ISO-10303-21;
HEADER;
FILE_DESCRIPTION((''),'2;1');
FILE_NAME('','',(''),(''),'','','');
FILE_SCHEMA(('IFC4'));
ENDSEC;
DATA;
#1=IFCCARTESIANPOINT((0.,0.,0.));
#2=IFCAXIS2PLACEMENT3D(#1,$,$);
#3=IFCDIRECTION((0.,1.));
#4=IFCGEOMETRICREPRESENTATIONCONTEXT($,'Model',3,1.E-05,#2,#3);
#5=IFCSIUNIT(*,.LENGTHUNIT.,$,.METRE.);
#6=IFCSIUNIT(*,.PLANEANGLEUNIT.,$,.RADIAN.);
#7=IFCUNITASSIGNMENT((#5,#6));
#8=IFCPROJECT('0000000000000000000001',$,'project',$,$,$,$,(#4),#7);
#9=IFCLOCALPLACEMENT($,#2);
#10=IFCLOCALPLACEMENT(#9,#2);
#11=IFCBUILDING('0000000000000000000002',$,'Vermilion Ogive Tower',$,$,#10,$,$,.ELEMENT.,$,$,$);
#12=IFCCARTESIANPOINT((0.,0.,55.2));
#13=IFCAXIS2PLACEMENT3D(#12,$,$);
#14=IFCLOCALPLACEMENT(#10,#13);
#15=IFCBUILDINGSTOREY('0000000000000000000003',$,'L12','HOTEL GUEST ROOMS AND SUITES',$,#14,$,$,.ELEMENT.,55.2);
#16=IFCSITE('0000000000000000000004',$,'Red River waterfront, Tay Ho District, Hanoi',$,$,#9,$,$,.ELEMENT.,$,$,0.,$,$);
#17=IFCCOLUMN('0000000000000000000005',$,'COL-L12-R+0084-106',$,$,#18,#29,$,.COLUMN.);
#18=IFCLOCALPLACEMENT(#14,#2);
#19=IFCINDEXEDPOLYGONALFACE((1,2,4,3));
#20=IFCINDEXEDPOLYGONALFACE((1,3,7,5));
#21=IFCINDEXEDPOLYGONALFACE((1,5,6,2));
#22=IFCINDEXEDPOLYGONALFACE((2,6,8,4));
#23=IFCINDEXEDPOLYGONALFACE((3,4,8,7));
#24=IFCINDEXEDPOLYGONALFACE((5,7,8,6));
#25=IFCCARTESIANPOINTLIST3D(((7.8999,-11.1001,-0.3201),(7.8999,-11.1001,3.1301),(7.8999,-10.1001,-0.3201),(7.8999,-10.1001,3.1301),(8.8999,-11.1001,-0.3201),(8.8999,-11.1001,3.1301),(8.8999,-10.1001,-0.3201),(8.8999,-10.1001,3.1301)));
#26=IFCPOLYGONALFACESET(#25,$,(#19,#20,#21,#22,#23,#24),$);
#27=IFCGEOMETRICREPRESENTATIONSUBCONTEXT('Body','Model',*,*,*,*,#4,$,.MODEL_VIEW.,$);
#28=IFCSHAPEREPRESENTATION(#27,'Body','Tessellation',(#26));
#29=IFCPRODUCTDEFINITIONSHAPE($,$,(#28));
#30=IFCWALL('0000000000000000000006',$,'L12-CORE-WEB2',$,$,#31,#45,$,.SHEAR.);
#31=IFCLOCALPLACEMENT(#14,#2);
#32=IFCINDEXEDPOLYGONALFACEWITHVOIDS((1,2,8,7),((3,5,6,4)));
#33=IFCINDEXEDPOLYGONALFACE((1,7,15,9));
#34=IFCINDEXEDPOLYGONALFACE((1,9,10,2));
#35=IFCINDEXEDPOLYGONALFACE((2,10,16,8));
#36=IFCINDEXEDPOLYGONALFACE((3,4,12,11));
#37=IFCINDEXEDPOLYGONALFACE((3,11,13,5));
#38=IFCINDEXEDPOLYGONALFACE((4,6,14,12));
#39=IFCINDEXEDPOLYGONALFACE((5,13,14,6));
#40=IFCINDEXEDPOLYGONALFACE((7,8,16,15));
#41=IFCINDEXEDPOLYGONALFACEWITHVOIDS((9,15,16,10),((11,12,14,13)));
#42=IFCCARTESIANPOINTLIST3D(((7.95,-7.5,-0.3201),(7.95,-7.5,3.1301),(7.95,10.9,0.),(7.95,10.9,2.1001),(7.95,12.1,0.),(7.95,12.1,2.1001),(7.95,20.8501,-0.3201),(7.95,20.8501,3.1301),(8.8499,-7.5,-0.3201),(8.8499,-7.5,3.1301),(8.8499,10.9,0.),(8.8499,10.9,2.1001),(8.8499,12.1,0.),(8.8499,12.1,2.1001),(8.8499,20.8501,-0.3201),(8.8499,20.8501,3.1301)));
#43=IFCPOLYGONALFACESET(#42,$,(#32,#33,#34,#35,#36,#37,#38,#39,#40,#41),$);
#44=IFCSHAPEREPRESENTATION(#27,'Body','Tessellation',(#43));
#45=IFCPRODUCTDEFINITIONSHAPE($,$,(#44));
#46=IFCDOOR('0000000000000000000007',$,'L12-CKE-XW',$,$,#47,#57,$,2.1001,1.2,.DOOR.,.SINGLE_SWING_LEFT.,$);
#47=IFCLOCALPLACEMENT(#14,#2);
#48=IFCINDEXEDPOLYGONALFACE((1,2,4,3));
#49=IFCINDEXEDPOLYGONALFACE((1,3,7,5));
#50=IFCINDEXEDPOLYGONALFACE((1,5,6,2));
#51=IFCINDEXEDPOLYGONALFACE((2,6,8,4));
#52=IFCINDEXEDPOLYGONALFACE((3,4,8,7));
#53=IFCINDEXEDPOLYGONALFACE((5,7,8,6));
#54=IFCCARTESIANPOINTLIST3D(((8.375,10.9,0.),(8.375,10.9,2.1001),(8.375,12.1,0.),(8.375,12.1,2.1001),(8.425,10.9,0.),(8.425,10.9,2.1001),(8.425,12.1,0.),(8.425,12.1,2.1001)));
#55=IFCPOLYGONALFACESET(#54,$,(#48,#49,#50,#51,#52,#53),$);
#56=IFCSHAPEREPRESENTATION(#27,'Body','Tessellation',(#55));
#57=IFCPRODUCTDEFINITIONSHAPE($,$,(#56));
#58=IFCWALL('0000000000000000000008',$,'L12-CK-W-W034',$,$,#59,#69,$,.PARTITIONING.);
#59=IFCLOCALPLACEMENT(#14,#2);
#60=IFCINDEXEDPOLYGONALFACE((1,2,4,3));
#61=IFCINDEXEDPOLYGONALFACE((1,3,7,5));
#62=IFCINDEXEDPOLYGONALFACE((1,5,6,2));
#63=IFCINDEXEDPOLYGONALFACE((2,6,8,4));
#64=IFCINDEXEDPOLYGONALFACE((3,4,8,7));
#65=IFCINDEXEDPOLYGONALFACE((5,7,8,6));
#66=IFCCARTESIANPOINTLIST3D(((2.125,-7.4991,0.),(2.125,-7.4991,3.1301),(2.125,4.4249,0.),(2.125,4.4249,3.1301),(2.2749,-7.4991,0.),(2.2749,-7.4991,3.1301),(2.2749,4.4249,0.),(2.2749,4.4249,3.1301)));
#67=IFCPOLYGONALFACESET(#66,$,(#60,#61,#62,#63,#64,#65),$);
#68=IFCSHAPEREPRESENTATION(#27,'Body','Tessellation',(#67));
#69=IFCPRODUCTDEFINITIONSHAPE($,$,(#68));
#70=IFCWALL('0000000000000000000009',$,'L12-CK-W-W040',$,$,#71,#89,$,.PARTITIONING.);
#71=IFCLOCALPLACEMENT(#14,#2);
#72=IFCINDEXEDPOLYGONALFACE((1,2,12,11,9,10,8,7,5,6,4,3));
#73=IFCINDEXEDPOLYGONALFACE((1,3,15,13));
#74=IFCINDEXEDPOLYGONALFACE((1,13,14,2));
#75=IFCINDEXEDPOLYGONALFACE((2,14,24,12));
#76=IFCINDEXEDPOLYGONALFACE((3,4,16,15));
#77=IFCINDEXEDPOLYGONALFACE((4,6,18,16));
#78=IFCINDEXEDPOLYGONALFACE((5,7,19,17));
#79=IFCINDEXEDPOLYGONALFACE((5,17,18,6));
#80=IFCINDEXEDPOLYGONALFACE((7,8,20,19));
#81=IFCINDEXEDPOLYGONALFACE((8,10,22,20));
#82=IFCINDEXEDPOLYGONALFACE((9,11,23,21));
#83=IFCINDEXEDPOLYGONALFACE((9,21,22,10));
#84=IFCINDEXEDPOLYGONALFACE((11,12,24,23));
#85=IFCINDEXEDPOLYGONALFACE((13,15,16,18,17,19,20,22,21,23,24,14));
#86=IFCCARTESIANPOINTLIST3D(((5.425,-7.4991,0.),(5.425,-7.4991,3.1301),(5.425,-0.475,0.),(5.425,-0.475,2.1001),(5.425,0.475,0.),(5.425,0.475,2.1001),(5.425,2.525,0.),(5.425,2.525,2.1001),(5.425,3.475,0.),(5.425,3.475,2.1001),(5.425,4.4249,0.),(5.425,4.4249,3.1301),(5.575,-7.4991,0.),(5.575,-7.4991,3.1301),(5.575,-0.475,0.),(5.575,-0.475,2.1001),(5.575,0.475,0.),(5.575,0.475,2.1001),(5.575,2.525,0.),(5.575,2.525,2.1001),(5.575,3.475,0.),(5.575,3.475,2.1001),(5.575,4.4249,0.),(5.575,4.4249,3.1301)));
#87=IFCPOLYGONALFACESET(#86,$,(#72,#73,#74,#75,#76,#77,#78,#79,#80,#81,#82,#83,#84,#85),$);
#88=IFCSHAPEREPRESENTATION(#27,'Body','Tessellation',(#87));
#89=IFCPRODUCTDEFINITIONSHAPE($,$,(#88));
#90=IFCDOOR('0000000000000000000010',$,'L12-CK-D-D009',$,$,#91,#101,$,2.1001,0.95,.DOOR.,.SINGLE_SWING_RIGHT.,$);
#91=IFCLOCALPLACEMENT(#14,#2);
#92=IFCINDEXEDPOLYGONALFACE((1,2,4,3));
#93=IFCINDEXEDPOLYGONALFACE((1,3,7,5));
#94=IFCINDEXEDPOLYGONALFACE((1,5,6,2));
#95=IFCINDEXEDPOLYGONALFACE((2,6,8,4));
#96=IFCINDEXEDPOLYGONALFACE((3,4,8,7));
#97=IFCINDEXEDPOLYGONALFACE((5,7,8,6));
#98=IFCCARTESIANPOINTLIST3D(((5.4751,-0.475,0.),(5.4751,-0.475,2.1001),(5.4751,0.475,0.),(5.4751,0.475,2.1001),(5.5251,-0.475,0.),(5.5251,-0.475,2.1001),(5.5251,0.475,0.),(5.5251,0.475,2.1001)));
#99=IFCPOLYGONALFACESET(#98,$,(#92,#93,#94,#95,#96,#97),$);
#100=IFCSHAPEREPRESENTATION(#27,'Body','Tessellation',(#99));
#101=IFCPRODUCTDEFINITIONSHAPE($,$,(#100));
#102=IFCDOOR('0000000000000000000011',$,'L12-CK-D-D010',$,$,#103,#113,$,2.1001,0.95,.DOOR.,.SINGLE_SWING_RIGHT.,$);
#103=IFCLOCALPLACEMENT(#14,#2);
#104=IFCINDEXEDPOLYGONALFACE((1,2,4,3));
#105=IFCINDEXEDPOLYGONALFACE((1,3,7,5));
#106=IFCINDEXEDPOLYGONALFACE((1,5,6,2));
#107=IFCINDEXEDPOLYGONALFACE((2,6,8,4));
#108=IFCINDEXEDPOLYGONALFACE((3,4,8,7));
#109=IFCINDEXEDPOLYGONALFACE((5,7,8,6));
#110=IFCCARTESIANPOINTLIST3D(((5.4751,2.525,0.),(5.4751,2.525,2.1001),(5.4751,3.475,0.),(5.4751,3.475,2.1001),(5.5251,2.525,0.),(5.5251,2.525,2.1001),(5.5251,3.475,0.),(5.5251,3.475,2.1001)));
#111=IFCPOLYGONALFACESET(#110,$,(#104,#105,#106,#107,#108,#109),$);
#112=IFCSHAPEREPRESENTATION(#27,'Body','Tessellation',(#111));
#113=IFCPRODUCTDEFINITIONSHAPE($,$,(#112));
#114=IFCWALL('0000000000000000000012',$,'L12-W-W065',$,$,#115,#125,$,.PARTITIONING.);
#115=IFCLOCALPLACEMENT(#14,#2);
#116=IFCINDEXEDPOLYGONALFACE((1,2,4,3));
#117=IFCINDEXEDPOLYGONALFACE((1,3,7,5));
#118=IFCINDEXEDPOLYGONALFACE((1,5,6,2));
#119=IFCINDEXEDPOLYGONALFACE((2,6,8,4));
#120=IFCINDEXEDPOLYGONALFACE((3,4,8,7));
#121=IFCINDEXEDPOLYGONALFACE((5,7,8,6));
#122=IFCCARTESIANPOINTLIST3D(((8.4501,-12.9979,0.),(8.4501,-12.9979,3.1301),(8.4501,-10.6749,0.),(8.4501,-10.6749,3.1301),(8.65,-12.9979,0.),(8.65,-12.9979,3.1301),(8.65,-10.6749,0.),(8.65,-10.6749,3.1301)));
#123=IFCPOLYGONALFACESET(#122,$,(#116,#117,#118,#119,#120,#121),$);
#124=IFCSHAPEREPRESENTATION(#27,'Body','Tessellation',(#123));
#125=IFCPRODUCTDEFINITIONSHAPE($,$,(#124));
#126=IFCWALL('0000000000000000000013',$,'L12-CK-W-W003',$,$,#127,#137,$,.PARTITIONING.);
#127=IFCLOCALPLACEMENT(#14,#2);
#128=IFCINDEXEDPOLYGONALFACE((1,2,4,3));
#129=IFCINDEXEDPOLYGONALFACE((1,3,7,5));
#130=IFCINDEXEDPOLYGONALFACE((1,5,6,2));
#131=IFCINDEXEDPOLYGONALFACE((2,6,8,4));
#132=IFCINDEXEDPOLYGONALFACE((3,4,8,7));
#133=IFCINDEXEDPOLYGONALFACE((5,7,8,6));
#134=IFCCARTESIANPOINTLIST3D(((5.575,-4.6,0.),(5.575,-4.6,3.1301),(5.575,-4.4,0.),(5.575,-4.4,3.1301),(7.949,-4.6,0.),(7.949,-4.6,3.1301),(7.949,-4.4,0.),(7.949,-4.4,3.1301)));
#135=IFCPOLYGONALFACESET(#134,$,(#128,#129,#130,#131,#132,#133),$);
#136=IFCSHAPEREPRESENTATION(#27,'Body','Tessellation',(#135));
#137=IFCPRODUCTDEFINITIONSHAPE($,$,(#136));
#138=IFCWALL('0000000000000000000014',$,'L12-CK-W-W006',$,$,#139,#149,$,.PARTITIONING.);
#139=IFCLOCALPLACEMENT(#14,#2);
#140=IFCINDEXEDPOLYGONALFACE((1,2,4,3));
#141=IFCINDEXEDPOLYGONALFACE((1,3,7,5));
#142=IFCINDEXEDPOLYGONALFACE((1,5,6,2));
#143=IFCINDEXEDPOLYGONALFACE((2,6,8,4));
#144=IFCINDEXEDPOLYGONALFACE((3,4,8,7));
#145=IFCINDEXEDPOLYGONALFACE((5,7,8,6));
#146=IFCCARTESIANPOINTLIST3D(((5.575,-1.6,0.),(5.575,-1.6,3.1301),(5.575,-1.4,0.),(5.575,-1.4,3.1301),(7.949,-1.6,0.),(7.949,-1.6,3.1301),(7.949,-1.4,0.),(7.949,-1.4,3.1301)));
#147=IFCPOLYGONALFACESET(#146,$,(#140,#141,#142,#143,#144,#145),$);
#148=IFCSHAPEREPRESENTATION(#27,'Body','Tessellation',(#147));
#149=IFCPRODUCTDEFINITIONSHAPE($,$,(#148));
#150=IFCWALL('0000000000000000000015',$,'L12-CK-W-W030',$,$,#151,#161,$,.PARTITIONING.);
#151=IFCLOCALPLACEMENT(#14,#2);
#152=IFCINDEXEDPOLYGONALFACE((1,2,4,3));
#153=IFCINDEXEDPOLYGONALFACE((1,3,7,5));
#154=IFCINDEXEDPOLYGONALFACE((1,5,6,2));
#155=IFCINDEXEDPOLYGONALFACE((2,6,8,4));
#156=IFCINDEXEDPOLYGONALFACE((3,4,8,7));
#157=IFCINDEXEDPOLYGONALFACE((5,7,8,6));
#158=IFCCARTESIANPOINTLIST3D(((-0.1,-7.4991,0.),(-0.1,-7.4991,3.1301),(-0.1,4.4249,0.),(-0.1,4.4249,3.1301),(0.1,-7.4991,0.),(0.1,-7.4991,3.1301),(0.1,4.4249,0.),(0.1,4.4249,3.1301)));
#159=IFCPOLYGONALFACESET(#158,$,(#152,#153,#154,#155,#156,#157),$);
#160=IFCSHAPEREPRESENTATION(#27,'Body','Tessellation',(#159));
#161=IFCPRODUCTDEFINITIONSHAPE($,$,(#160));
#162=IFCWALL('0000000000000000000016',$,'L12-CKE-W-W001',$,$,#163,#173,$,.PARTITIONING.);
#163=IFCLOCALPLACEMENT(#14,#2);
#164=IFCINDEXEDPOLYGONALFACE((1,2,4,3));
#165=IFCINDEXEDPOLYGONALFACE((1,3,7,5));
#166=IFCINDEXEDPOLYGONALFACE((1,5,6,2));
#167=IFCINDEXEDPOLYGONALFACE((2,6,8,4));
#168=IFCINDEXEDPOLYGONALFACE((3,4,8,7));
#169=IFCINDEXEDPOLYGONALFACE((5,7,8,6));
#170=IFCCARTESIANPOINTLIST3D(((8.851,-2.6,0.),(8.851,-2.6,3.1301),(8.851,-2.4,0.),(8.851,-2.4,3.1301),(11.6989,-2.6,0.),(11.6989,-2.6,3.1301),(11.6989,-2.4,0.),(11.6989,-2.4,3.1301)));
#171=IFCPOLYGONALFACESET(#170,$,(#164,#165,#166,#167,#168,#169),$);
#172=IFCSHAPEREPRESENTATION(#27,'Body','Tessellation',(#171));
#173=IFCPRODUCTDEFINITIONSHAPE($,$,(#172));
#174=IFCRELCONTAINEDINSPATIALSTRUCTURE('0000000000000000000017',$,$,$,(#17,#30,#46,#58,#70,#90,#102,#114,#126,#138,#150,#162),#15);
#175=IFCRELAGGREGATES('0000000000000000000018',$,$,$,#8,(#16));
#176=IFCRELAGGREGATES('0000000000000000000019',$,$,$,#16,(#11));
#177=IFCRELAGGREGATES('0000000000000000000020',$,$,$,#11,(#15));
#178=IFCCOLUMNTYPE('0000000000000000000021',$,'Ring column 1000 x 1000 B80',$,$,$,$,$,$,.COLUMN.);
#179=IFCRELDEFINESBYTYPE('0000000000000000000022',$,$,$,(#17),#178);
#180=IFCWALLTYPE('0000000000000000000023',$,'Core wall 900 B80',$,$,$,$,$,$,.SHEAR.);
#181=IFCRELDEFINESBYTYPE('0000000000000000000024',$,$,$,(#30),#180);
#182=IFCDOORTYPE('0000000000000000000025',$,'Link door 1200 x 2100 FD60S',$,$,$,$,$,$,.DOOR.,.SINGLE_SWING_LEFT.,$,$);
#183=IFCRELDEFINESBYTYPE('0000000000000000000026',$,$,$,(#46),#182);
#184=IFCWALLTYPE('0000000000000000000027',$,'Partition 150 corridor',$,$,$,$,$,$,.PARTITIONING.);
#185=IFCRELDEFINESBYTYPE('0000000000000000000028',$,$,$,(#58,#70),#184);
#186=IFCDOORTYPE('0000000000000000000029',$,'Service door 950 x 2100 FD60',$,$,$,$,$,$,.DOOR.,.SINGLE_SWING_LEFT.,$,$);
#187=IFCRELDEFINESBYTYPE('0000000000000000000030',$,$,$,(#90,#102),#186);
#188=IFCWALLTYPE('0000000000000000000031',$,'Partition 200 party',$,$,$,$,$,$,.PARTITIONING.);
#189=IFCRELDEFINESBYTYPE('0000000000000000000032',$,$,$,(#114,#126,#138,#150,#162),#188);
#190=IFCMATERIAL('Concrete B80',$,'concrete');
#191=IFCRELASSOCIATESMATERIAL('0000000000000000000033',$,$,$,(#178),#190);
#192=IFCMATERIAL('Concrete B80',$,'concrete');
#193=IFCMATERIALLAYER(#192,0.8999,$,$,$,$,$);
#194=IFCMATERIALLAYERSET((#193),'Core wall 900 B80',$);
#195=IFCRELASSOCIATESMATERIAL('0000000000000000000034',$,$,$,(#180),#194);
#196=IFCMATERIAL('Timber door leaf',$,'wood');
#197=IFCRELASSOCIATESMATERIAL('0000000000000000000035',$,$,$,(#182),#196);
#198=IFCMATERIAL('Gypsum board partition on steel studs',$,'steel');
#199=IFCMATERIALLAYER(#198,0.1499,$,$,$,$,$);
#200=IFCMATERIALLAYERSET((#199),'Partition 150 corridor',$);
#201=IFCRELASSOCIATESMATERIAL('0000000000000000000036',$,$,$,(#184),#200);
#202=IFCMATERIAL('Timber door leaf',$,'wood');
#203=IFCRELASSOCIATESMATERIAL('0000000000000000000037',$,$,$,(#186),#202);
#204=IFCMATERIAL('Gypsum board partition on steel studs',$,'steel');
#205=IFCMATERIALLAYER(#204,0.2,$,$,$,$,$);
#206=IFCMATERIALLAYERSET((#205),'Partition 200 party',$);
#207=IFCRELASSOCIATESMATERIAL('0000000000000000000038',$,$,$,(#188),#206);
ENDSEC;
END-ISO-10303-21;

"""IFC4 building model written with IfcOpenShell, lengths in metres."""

from ifc_helpers import new_model, si_unit, direction, frame, frame_2d, origin, origin_2d, place, context, subcontext, project, spatial, rectangle, extrude, material, layer, layer_set, material_profile, profile_set, type_object, element, fill, save


model = new_model("IFC4")

# Units and contexts
model_context = context("Model", 3, precision=1e-05, world=origin(), true_north=direction((0.0, 1.0)))
body_context = subcontext(model_context, "Body", "Model", "MODEL_VIEW")
ifc_project = project(units=[si_unit("LENGTHUNIT", "METRE"), si_unit("PLANEANGLEUNIT", "RADIAN")], contexts=[model_context])

# Site, building, storey
site_placement = place(None, origin())
site = spatial("IfcSite", under=ifc_project, at=site_placement, Name="Red River waterfront, Tay Ho District, Hanoi", CompositionType="ELEMENT", RefElevation=0.0)
building_placement = place(site_placement, origin())
building = spatial("IfcBuilding", under=site, at=building_placement, Name="Vermilion Ogive Tower", CompositionType="ELEMENT")
storey_placement = place(building_placement, frame((0.0, 0.0, 55.2)))
storey = spatial("IfcBuildingStorey", under=building, at=storey_placement, Name="L12", Description="HOTEL GUEST ROOMS AND SUITES", CompositionType="ELEMENT", Elevation=55.2)

# Column
ifc_material_1 = material(Name="Concrete B80", Category="concrete")
ifc_material_profile = material_profile(ifc_material_1, rectangle(XDim=1.0, YDim=1.0, at=origin_2d()), Name="1000 x 1000")
ifc_profile_set = profile_set([ifc_material_profile], Name="Concrete B80")
column_type = type_object("IfcColumnType", Name="Ring column 1000 x 1000 B80", PredefinedType="COLUMN", material=ifc_profile_set)
column_placement = place(storey_placement, frame((8.3999, -10.6001, -0.3201), z_axis=(0.0, 0.0, 1.0), x_axis=(1.0, 0.0, 0.0)))
element("IfcColumn", 1, at=column_placement, inside=storey, type_object=column_type, Name="COL-L12-R+0084-106", PredefinedType="COLUMN", context=body_context, shape_type="SweptSolid", body=[
    extrude(rectangle(XDim=1.0, YDim=1.0, at=origin_2d()), origin(), (0.0, 0.0, 1.0), 3.4502),
])

# Wall, opening, door
ifc_material_2 = material(Name="Concrete B80", Category="concrete")
ifc_layer_1 = layer(ifc_material_2, 0.8999)
ifc_layer_set_1 = layer_set([ifc_layer_1], Name="Core wall 900 B80")
wall_type_1 = type_object("IfcWallType", Name="Core wall 900 B80", PredefinedType="SHEAR", material=ifc_layer_set_1)
wall_1_placement = place(storey_placement, frame((8.3999, -7.5, -0.3201), z_axis=(0.0, 0.0, 1.0), x_axis=(0.0, 1.0, 0.0)))
wall_1 = element("IfcWall", 2, at=wall_1_placement, inside=storey, type_object=wall_type_1, Name="L12-CORE-WEB2", PredefinedType="SHEAR", context=body_context, shape_type="SweptSolid", body=[
    extrude(rectangle(XDim=28.3501, YDim=0.8999, at=frame_2d((14.175, 0.0))), origin(), (0.0, 0.0, 1.0), 3.4502),
])
opening_1_placement = place(wall_1_placement, frame((18.3999, 0.0, 0.3201)))
opening_1 = element("IfcOpeningElement", 3, at=opening_1_placement, cuts=wall_1, PredefinedType="OPENING", context=body_context, shape_type="SweptSolid", body=[
    extrude(rectangle(XDim=1.2, YDim=2.1001, at=frame_2d((0.6001, 1.05))), frame((0.0, 0.46, 0.0), z_axis=(0.0, -1.0, 0.0), x_axis=(1.0, 0.0, 0.0)), (0.0, 0.0, 1.0), 0.9199),
])
ifc_material_3 = material(Name="Timber door leaf", Category="wood")
door_type_1 = type_object("IfcDoorType", Name="Link door 1200 x 2100 FD60S", OperationType="SINGLE_SWING_LEFT", PredefinedType="DOOR", material=ifc_material_3)
door_1_placement = place(opening_1_placement, origin())
door_1 = element("IfcDoor", 4, at=door_1_placement, inside=storey, type_object=door_type_1, Name="L12-CKE-XW", OperationType="SINGLE_SWING_LEFT", OverallHeight=2.1001, OverallWidth=1.2, PredefinedType="DOOR", context=body_context, shape_type="SweptSolid", body=[
    extrude(rectangle(XDim=1.2, YDim=2.1001, at=frame_2d((0.6001, 1.05))), frame((0.0, 0.0249, 0.0), z_axis=(0.0, -1.0, 0.0), x_axis=(1.0, 0.0, 0.0)), (0.0, 0.0, 1.0), 0.05),
])
fill(opening_1, door_1)

# Wall
ifc_material_4 = material(Name="Gypsum board partition on steel studs", Category="steel")
ifc_layer_2 = layer(ifc_material_4, 0.1499)
ifc_layer_set_2 = layer_set([ifc_layer_2], Name="Partition 150 corridor")
wall_type_2 = type_object("IfcWallType", Name="Partition 150 corridor", PredefinedType="PARTITIONING", material=ifc_layer_set_2)
wall_2_placement = place(storey_placement, frame((2.2, -7.499, 0.0), z_axis=(0.0, 0.0, 1.0), x_axis=(0.0, 1.0, 0.0)))
element("IfcWall", 5, at=wall_2_placement, inside=storey, type_object=wall_type_2, Name="L12-CK-W-W034", PredefinedType="PARTITIONING", context=body_context, shape_type="SweptSolid", body=[
    extrude(rectangle(XDim=11.9241, YDim=0.1499, at=frame_2d((5.9619, 0.0))), origin(), (0.0, 0.0, 1.0), 3.1301),
])

# Wall, openings, doors
wall_3_placement = place(storey_placement, frame((5.5, -7.499, 0.0), z_axis=(0.0, 0.0, 1.0), x_axis=(0.0, 1.0, 0.0)))
wall_3 = element("IfcWall", 6, at=wall_3_placement, inside=storey, type_object=wall_type_2, Name="L12-CK-W-W040", PredefinedType="PARTITIONING", context=body_context, shape_type="SweptSolid", body=[
    extrude(rectangle(XDim=11.9241, YDim=0.1499, at=frame_2d((5.9619, 0.0))), origin(), (0.0, 0.0, 1.0), 3.1301),
])
opening_2_placement = place(wall_3_placement, frame((7.0239, 0.0, 0.0)))
opening_2 = element("IfcOpeningElement", 7, at=opening_2_placement, cuts=wall_3, PredefinedType="OPENING", context=body_context, shape_type="SweptSolid", body=[
    extrude(rectangle(XDim=0.95, YDim=2.1001, at=frame_2d((0.4751, 1.05))), frame((0.0, 0.085, 0.0), z_axis=(0.0, -1.0, 0.0), x_axis=(1.0, 0.0, 0.0)), (0.0, 0.0, 1.0), 0.1699),
])
opening_3_placement = place(wall_3_placement, frame((10.0239, 0.0, 0.0)))
opening_3 = element("IfcOpeningElement", 8, at=opening_3_placement, cuts=wall_3, PredefinedType="OPENING", context=body_context, shape_type="SweptSolid", body=[
    extrude(rectangle(XDim=0.95, YDim=2.1001, at=frame_2d((0.4751, 1.05))), frame((0.0, 0.085, 0.0), z_axis=(0.0, -1.0, 0.0), x_axis=(1.0, 0.0, 0.0)), (0.0, 0.0, 1.0), 0.1699),
])
ifc_material_5 = material(Name="Timber door leaf", Category="wood")
door_type_2 = type_object("IfcDoorType", Name="Service door 950 x 2100 FD60", OperationType="SINGLE_SWING_LEFT", PredefinedType="DOOR", material=ifc_material_5)
door_2_placement = place(opening_2_placement, origin())
door_2 = element("IfcDoor", 9, at=door_2_placement, inside=storey, type_object=door_type_2, Name="L12-CK-D-D009", OperationType="SINGLE_SWING_RIGHT", OverallHeight=2.1001, OverallWidth=0.95, PredefinedType="DOOR", context=body_context, shape_type="SweptSolid", body=[
    extrude(rectangle(XDim=0.95, YDim=2.1001, at=frame_2d((0.4751, 1.05))), frame((0.0, 0.0249, 0.0), z_axis=(0.0, -1.0, 0.0), x_axis=(1.0, 0.0, 0.0)), (0.0, 0.0, 1.0), 0.05),
])
fill(opening_2, door_2)
door_3_placement = place(opening_3_placement, origin())
door_3 = element("IfcDoor", 10, at=door_3_placement, inside=storey, type_object=door_type_2, Name="L12-CK-D-D010", OperationType="SINGLE_SWING_RIGHT", OverallHeight=2.1001, OverallWidth=0.95, PredefinedType="DOOR", context=body_context, shape_type="SweptSolid", body=[
    extrude(rectangle(XDim=0.95, YDim=2.1001, at=frame_2d((0.4751, 1.05))), frame((0.0, 0.0249, 0.0), z_axis=(0.0, -1.0, 0.0), x_axis=(1.0, 0.0, 0.0)), (0.0, 0.0, 1.0), 0.05),
])
fill(opening_3, door_3)

# Walls
ifc_material_6 = material(Name="Gypsum board partition on steel studs", Category="steel")
ifc_layer_3 = layer(ifc_material_6, 0.2)
ifc_layer_set_3 = layer_set([ifc_layer_3], Name="Partition 200 party")
wall_type_3 = type_object("IfcWallType", Name="Partition 200 party", PredefinedType="PARTITIONING", material=ifc_layer_set_3)
wall_4_placement = place(storey_placement, frame((8.55, -12.998, 0.0), z_axis=(0.0, 0.0, 1.0), x_axis=(0.0, 1.0, 0.0)))
element("IfcWall", 11, at=wall_4_placement, inside=storey, type_object=wall_type_3, Name="L12-W-W065", PredefinedType="PARTITIONING", context=body_context, shape_type="SweptSolid", body=[
    extrude(rectangle(XDim=2.323, YDim=0.2, at=frame_2d((1.1616, 0.0))), origin(), (0.0, 0.0, 1.0), 3.1301),
])
for number, where, z_axis, x_axis, name in (
    (12, (5.575, -4.5, 0.0), (0.0, 0.0, 1.0), (1.0, 0.0, 0.0), "L12-CK-W-W003"),
    (13, (5.575, -1.5, 0.0), (0.0, 0.0, 1.0), (1.0, 0.0, 0.0), "L12-CK-W-W006"),
):
    element("IfcWall", number, at=place(storey_placement, frame(where, z_axis=z_axis, x_axis=x_axis)), inside=storey, type_object=wall_type_3, Name=name, PredefinedType="PARTITIONING", context=body_context, shape_type="SweptSolid", body=[
        extrude(rectangle(XDim=2.374, YDim=0.2, at=frame_2d((1.187, 0.0))), origin(), (0.0, 0.0, 1.0), 3.1301),
    ])
wall_5_placement = place(storey_placement, frame((0.0, -7.499, 0.0), z_axis=(0.0, 0.0, 1.0), x_axis=(0.0, 1.0, 0.0)))
element("IfcWall", 14, at=wall_5_placement, inside=storey, type_object=wall_type_3, Name="L12-CK-W-W030", PredefinedType="PARTITIONING", context=body_context, shape_type="SweptSolid", body=[
    extrude(rectangle(XDim=11.9241, YDim=0.2, at=frame_2d((5.9619, 0.0))), origin(), (0.0, 0.0, 1.0), 3.1301),
])
wall_6_placement = place(storey_placement, frame((8.8511, -2.5, 0.0), z_axis=(0.0, 0.0, 1.0), x_axis=(1.0, 0.0, 0.0)))
element("IfcWall", 15, at=wall_6_placement, inside=storey, type_object=wall_type_3, Name="L12-CKE-W-W001", PredefinedType="PARTITIONING", context=body_context, shape_type="SweptSolid", body=[
    extrude(rectangle(XDim=2.8479, YDim=0.2, at=frame_2d((1.4238, 0.0))), origin(), (0.0, 0.0, 1.0), 3.1301),
])

save(model, "model.ifc")
